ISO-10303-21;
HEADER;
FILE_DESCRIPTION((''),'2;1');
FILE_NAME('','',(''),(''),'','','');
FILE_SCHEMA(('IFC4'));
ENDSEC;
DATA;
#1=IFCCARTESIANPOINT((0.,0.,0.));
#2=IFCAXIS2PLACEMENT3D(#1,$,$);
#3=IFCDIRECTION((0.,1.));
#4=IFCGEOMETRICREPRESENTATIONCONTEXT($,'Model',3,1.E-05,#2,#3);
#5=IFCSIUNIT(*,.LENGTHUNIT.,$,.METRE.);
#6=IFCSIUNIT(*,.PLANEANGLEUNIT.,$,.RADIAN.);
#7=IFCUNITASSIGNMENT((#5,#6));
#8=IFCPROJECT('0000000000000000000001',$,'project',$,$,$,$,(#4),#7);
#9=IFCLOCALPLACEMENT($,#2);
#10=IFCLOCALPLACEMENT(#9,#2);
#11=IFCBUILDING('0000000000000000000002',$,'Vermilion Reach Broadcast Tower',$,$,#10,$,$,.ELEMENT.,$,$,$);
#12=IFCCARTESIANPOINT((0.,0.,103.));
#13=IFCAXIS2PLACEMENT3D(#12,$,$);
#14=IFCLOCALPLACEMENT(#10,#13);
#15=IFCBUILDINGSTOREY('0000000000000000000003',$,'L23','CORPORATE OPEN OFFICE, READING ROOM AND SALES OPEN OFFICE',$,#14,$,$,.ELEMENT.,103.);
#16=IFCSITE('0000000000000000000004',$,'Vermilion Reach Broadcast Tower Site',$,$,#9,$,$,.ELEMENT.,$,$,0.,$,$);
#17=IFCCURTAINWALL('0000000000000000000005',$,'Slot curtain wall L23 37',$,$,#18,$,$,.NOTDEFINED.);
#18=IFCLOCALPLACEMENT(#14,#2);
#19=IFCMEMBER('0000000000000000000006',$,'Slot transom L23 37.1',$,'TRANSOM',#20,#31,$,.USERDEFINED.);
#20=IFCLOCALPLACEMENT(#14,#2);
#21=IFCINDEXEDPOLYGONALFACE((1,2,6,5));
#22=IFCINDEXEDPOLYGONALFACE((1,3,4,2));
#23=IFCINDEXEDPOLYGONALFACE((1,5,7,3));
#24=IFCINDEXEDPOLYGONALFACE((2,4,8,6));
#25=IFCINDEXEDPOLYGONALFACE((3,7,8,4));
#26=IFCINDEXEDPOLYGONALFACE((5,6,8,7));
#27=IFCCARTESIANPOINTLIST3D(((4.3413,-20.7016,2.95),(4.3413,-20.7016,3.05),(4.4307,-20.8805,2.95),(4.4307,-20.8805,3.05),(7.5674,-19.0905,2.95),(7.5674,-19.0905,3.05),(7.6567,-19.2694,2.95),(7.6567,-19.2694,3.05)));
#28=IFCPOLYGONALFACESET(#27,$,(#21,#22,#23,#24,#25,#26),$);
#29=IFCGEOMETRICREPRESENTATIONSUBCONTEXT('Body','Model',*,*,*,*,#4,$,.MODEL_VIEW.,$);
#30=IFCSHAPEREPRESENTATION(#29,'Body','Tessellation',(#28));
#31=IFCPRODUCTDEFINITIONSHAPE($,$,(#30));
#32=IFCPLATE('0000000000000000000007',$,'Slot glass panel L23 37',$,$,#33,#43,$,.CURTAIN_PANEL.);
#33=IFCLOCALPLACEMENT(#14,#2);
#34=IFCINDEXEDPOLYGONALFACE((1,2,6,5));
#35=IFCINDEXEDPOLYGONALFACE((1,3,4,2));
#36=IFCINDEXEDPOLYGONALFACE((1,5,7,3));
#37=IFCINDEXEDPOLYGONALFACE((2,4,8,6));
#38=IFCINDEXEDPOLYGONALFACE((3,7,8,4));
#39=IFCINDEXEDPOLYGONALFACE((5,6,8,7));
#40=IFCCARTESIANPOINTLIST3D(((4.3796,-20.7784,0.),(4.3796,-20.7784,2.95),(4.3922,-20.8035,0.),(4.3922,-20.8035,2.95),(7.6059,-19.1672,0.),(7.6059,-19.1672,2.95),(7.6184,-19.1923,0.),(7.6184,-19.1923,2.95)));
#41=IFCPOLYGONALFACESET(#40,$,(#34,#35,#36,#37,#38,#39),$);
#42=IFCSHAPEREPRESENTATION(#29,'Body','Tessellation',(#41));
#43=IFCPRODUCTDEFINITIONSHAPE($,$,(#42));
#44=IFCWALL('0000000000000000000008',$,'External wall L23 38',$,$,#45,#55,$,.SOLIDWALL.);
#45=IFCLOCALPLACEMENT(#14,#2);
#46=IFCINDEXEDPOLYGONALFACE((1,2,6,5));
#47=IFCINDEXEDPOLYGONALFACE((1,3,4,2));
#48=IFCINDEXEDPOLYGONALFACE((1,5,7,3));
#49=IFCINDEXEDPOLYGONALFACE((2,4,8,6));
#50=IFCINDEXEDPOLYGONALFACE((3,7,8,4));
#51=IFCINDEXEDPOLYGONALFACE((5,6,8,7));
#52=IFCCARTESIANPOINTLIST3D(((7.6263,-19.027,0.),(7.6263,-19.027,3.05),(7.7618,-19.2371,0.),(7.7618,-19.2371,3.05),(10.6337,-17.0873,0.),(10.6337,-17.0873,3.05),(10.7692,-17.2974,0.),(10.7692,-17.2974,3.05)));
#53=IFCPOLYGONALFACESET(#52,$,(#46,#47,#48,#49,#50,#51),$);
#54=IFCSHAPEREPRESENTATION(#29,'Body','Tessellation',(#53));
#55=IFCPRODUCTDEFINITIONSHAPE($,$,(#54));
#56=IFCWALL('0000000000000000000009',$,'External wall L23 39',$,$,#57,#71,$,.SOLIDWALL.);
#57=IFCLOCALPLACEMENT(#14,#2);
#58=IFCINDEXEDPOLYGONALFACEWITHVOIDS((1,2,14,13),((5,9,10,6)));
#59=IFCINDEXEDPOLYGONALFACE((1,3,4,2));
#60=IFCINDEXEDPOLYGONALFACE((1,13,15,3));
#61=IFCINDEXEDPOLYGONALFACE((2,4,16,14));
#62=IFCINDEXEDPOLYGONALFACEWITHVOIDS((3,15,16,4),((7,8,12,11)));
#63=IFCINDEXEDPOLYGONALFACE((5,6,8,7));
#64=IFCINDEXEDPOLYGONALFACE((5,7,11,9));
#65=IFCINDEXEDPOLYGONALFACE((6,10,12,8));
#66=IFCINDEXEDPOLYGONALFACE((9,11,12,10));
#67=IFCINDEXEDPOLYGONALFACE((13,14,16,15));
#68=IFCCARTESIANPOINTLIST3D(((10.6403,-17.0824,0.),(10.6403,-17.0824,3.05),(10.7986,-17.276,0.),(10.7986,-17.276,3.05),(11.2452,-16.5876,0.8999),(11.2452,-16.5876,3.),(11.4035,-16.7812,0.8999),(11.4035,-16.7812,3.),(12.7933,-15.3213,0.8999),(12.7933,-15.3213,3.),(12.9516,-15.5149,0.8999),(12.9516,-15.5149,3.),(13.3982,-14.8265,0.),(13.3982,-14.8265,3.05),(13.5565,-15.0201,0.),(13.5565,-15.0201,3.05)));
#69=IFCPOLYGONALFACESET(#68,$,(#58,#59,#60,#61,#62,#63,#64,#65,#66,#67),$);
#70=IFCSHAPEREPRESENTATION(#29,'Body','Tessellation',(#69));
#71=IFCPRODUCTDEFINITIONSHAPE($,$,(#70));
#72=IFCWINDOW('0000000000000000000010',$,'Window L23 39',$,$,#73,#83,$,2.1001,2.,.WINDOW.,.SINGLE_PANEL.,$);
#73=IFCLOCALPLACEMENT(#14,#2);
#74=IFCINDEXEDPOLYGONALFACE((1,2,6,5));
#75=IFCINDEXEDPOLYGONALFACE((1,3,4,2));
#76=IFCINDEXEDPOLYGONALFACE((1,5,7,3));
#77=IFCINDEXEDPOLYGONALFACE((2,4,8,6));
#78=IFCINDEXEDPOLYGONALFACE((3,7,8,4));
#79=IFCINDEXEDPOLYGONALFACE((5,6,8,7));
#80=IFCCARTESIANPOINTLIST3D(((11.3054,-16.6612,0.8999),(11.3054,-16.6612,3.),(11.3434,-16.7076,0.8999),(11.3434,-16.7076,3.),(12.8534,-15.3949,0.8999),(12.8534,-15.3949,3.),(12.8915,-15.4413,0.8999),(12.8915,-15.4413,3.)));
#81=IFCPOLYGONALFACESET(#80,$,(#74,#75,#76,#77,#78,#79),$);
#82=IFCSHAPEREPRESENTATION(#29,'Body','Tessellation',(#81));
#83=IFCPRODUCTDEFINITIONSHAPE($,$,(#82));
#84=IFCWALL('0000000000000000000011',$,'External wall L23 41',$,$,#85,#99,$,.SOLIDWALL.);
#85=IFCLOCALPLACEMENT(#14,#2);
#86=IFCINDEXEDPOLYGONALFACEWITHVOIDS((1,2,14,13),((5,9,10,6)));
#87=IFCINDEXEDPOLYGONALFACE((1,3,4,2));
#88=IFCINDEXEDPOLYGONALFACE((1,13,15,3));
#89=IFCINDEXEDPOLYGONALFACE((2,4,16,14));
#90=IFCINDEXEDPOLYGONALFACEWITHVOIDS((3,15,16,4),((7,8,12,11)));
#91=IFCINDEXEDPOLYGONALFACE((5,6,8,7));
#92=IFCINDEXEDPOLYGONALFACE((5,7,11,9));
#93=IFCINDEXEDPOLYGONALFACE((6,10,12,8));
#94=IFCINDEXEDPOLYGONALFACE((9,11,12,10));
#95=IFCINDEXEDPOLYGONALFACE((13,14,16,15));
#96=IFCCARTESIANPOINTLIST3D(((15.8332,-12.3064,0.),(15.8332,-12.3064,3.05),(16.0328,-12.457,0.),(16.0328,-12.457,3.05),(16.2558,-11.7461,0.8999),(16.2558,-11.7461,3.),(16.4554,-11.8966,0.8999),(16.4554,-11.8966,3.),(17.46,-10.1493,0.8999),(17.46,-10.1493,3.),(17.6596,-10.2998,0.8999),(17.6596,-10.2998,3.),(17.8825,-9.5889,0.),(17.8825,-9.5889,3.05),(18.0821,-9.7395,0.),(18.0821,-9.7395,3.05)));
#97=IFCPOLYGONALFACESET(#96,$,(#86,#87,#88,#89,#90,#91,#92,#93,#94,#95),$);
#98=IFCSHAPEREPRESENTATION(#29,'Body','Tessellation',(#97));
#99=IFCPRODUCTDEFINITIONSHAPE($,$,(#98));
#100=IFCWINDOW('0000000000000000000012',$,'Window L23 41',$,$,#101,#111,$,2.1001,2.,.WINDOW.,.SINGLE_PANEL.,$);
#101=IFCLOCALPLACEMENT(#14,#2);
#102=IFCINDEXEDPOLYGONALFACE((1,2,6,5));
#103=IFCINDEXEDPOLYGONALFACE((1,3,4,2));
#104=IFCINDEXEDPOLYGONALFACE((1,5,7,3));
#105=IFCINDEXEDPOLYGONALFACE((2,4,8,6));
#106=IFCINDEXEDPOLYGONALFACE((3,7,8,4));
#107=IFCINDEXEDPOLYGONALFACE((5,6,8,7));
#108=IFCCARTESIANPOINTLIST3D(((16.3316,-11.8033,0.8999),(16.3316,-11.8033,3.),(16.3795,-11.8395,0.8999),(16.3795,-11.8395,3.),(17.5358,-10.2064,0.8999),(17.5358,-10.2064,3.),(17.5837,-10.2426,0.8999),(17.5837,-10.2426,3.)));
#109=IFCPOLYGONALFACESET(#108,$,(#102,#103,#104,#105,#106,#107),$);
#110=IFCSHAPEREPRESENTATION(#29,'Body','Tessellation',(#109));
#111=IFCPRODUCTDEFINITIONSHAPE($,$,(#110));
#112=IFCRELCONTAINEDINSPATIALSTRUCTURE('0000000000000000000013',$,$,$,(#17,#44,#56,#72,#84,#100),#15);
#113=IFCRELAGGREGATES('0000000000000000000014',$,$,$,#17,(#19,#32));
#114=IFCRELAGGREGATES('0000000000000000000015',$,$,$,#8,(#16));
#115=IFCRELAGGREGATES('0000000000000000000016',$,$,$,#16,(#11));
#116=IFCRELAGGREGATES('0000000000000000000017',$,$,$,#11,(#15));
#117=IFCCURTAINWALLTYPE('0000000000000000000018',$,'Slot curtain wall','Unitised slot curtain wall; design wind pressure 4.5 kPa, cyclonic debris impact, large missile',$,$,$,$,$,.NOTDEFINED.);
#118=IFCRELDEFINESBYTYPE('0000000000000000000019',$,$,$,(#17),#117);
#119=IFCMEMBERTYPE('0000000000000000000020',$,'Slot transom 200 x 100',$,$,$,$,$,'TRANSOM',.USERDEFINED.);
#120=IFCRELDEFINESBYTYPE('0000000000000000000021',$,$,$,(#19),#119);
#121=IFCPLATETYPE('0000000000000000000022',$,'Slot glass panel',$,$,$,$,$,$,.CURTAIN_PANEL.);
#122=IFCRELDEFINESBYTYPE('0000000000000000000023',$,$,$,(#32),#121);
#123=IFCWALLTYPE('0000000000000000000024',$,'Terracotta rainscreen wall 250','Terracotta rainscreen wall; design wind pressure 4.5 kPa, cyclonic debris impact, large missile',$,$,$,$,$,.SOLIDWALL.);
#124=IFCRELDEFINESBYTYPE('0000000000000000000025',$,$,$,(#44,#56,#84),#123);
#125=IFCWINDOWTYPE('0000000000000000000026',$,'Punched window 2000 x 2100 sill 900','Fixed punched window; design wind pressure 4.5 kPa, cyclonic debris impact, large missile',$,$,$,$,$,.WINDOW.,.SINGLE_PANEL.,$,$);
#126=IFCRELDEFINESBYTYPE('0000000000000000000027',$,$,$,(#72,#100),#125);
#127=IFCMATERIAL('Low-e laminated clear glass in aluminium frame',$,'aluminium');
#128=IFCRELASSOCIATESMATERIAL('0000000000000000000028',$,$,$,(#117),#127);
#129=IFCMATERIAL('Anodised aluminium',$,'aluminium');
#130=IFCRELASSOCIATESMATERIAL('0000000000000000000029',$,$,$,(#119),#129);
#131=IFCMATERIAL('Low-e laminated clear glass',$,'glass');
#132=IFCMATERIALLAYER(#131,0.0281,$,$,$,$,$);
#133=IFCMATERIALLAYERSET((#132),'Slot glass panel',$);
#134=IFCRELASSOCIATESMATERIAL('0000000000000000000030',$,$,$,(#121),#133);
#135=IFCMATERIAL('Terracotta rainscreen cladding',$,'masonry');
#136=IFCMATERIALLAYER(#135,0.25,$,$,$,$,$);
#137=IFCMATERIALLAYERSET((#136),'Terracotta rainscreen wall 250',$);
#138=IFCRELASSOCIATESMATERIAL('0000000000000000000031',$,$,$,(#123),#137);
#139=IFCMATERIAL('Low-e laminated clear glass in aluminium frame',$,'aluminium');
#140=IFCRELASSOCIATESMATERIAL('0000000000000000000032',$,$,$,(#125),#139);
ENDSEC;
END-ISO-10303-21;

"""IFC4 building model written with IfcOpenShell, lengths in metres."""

from ifc_helpers import new_model, si_unit, direction, frame, frame_2d, origin, origin_2d, place, context, subcontext, project, spatial, rectangle, extrude, material, layer, layer_set, material_profile, profile_set, type_object, element, fill, aggregate, save


model = new_model("IFC4")

# Units and contexts
model_context = context("Model", 3, precision=1e-05, world=origin(), true_north=direction((0.0, 1.0)))
body_context = subcontext(model_context, "Body", "Model", "MODEL_VIEW")
ifc_project = project(units=[si_unit("LENGTHUNIT", "METRE"), si_unit("PLANEANGLEUNIT", "RADIAN")], contexts=[model_context])

# Site, building, storey
site_placement = place(None, origin())
site = spatial("IfcSite", under=ifc_project, at=site_placement, Name="Vermilion Reach Broadcast Tower Site", CompositionType="ELEMENT", RefElevation=0.0)
building_placement = place(site_placement, origin())
building = spatial("IfcBuilding", under=site, at=building_placement, Name="Vermilion Reach Broadcast Tower", CompositionType="ELEMENT")
storey_placement = place(building_placement, frame((0.0, 0.0, 103.0)))
storey = spatial("IfcBuildingStorey", under=building, at=storey_placement, Name="L23", Description="CORPORATE OPEN OFFICE, READING ROOM AND SALES OPEN OFFICE", CompositionType="ELEMENT", Elevation=103.0)

# Curtain wall, member, plate
ifc_material_1 = material(Name="Low-e laminated clear glass in aluminium frame", Category="aluminium")
curtain_wall_type = type_object("IfcCurtainWallType", Name="Slot curtain wall", Description="Unitised slot curtain wall; design wind pressure 4.5 kPa, cyclonic debris impact, large missile", PredefinedType="NOTDEFINED", material=ifc_material_1)
curtain_wall_placement = place(storey_placement, origin())
curtain_wall = element("IfcCurtainWall", 1, at=curtain_wall_placement, inside=storey, type_object=curtain_wall_type, Name="Slot curtain wall L23 37", PredefinedType="NOTDEFINED")
ifc_material_2 = material(Name="Anodised aluminium", Category="aluminium")
ifc_material_profile_1 = material_profile(ifc_material_2, rectangle(XDim=0.2, YDim=0.1001, at=origin_2d()), Name="Slot transom 200 x 100")
ifc_profile_set_1 = profile_set([ifc_material_profile_1], Name="Anodised aluminium")
member_type_1 = type_object("IfcMemberType", Name="Slot transom 200 x 100", ElementType="TRANSOM", PredefinedType="USERDEFINED", material=ifc_profile_set_1)
member_1_placement = place(storey_placement, frame((4.386, -20.791, 3.0), z_axis=(0.894644, 0.44678, 0.0), x_axis=(-0.44678, 0.894644, 0.0)))
member_1 = element("IfcMember", 2, at=member_1_placement, type_object=member_type_1, Name="Slot transom L23 37.1", ObjectType="TRANSOM", PredefinedType="USERDEFINED", context=body_context, shape_type="SweptSolid", body=[
    extrude(rectangle(XDim=0.2, YDim=0.1001, at=origin_2d()), origin(), (0.0, 0.0, 1.0), 3.606),
])
ifc_material_3 = material(Name="Low-e laminated clear glass", Category="glass")
ifc_layer_1 = layer(ifc_material_3, 0.0281)
ifc_layer_set_1 = layer_set([ifc_layer_1], Name="Slot glass panel")
plate_type = type_object("IfcPlateType", Name="Slot glass panel", PredefinedType="CURTAIN_PANEL", material=ifc_layer_set_1)
plate_placement = place(storey_placement, frame((5.999, -19.9854, 0.0), z_axis=(0.0, 0.0, 1.0), x_axis=(0.894642, 0.446784, 0.0)))
plate = element("IfcPlate", 3, at=plate_placement, type_object=plate_type, Name="Slot glass panel L23 37", PredefinedType="CURTAIN_PANEL", context=body_context, shape_type="SweptSolid", body=[
    extrude(rectangle(XDim=3.6062, YDim=0.0281, at=origin_2d()), origin(), (0.0, 0.0, 1.0), 2.95),
])
aggregate(curtain_wall, [member_1, plate])

# Wall
ifc_material_4 = material(Name="Terracotta rainscreen cladding", Category="masonry")
ifc_layer_2 = layer(ifc_material_4, 0.25)
ifc_layer_set_2 = layer_set([ifc_layer_2], Name="Terracotta rainscreen wall 250")
wall_type = type_object("IfcWallType", Name="Terracotta rainscreen wall 250", Description="Terracotta rainscreen wall; design wind pressure 4.5 kPa, cyclonic debris impact, large missile", PredefinedType="SOLIDWALL", material=ifc_layer_set_2)
wall_1_placement = place(storey_placement, frame((7.6941, -19.1321, 0.0), z_axis=(0.0, 0.0, 1.0), x_axis=(0.840362, 0.542026, 0.0)))
element("IfcWall", 4, at=wall_1_placement, inside=storey, type_object=wall_type, Name="External wall L23 38", PredefinedType="SOLIDWALL", context=body_context, shape_type="SweptSolid", body=[
    extrude(rectangle(XDim=3.5786, YDim=0.25, at=frame_2d((1.7893, 0.0))), origin(), (0.0, 0.0, 1.0), 3.05),
])

# Wall, opening, window
wall_2_placement = place(storey_placement, frame((10.7195, -17.1792, 0.0), z_axis=(0.0, 0.0, 1.0), x_axis=(0.774031, 0.633148, 0.0)))
wall_2 = element("IfcWall", 5, at=wall_2_placement, inside=storey, type_object=wall_type, Name="External wall L23 39", PredefinedType="SOLIDWALL", context=body_context, shape_type="SweptSolid", body=[
    extrude(rectangle(XDim=3.563, YDim=0.25, at=frame_2d((1.7815, 0.0))), origin(), (0.0, 0.0, 1.0), 3.05),
])
opening_1_placement = place(wall_2_placement, frame((0.7815, 0.0, 0.8999)))
opening_1 = element("IfcOpeningElement", 6, at=opening_1_placement, cuts=wall_2, PredefinedType="OPENING", context=body_context, shape_type="SweptSolid", body=[
    extrude(rectangle(XDim=2.0, YDim=2.1001, at=frame_2d((1.0, 1.05))), frame((0.0, 0.135, 0.0), z_axis=(0.0, -1.0, 0.0), x_axis=(1.0, 0.0, 0.0)), (0.0, 0.0, 1.0), 0.27),
])
ifc_material_5 = material(Name="Low-e laminated clear glass in aluminium frame", Category="aluminium")
window_type = type_object("IfcWindowType", Name="Punched window 2000 x 2100 sill 900", Description="Fixed punched window; design wind pressure 4.5 kPa, cyclonic debris impact, large missile", PartitioningType="SINGLE_PANEL", PredefinedType="WINDOW", material=ifc_material_5)
window_1_placement = place(opening_1_placement, origin())
window_1 = element("IfcWindow", 7, at=window_1_placement, inside=storey, type_object=window_type, Name="Window L23 39", OverallHeight=2.1001, OverallWidth=2.0, PartitioningType="SINGLE_PANEL", PredefinedType="WINDOW", context=body_context, shape_type="SweptSolid", body=[
    extrude(rectangle(XDim=2.0, YDim=2.1001, at=frame_2d((1.0, 1.05))), frame((0.0, 0.03, 0.0), z_axis=(0.0, -1.0, 0.0), x_axis=(1.0, 0.0, 0.0)), (0.0, 0.0, 1.0), 0.0601),
])
fill(opening_1, window_1)

# Wall, opening, window
wall_3_placement = place(storey_placement, frame((15.9331, -12.3816, 0.0), z_axis=(0.0, 0.0, 1.0), x_axis=(0.602098, 0.798422, 0.0)))
wall_3 = element("IfcWall", 8, at=wall_3_placement, inside=storey, type_object=wall_type, Name="External wall L23 41", PredefinedType="SOLIDWALL", context=body_context, shape_type="SweptSolid", body=[
    extrude(rectangle(XDim=3.4036, YDim=0.25, at=frame_2d((1.7017, 0.0))), origin(), (0.0, 0.0, 1.0), 3.05),
])
opening_2_placement = place(wall_3_placement, frame((0.7017, 0.0, 0.8999)))
opening_2 = element("IfcOpeningElement", 9, at=opening_2_placement, cuts=wall_3, PredefinedType="OPENING", context=body_context, shape_type="SweptSolid", body=[
    extrude(rectangle(XDim=2.0, YDim=2.1001, at=frame_2d((1.0, 1.05))), frame((0.0, 0.135, 0.0), z_axis=(0.0, -1.0, 0.0), x_axis=(1.0, 0.0, 0.0)), (0.0, 0.0, 1.0), 0.27),
])
window_2_placement = place(opening_2_placement, origin())
window_2 = element("IfcWindow", 10, at=window_2_placement, inside=storey, type_object=window_type, Name="Window L23 41", OverallHeight=2.1001, OverallWidth=2.0, PartitioningType="SINGLE_PANEL", PredefinedType="WINDOW", context=body_context, shape_type="SweptSolid", body=[
    extrude(rectangle(XDim=2.0, YDim=2.1001, at=frame_2d((1.0, 1.05))), frame((0.0, 0.03, 0.0), z_axis=(0.0, -1.0, 0.0), x_axis=(1.0, 0.0, 0.0)), (0.0, 0.0, 1.0), 0.0601),
])
fill(opening_2, window_2)

save(model, "model.ifc")
